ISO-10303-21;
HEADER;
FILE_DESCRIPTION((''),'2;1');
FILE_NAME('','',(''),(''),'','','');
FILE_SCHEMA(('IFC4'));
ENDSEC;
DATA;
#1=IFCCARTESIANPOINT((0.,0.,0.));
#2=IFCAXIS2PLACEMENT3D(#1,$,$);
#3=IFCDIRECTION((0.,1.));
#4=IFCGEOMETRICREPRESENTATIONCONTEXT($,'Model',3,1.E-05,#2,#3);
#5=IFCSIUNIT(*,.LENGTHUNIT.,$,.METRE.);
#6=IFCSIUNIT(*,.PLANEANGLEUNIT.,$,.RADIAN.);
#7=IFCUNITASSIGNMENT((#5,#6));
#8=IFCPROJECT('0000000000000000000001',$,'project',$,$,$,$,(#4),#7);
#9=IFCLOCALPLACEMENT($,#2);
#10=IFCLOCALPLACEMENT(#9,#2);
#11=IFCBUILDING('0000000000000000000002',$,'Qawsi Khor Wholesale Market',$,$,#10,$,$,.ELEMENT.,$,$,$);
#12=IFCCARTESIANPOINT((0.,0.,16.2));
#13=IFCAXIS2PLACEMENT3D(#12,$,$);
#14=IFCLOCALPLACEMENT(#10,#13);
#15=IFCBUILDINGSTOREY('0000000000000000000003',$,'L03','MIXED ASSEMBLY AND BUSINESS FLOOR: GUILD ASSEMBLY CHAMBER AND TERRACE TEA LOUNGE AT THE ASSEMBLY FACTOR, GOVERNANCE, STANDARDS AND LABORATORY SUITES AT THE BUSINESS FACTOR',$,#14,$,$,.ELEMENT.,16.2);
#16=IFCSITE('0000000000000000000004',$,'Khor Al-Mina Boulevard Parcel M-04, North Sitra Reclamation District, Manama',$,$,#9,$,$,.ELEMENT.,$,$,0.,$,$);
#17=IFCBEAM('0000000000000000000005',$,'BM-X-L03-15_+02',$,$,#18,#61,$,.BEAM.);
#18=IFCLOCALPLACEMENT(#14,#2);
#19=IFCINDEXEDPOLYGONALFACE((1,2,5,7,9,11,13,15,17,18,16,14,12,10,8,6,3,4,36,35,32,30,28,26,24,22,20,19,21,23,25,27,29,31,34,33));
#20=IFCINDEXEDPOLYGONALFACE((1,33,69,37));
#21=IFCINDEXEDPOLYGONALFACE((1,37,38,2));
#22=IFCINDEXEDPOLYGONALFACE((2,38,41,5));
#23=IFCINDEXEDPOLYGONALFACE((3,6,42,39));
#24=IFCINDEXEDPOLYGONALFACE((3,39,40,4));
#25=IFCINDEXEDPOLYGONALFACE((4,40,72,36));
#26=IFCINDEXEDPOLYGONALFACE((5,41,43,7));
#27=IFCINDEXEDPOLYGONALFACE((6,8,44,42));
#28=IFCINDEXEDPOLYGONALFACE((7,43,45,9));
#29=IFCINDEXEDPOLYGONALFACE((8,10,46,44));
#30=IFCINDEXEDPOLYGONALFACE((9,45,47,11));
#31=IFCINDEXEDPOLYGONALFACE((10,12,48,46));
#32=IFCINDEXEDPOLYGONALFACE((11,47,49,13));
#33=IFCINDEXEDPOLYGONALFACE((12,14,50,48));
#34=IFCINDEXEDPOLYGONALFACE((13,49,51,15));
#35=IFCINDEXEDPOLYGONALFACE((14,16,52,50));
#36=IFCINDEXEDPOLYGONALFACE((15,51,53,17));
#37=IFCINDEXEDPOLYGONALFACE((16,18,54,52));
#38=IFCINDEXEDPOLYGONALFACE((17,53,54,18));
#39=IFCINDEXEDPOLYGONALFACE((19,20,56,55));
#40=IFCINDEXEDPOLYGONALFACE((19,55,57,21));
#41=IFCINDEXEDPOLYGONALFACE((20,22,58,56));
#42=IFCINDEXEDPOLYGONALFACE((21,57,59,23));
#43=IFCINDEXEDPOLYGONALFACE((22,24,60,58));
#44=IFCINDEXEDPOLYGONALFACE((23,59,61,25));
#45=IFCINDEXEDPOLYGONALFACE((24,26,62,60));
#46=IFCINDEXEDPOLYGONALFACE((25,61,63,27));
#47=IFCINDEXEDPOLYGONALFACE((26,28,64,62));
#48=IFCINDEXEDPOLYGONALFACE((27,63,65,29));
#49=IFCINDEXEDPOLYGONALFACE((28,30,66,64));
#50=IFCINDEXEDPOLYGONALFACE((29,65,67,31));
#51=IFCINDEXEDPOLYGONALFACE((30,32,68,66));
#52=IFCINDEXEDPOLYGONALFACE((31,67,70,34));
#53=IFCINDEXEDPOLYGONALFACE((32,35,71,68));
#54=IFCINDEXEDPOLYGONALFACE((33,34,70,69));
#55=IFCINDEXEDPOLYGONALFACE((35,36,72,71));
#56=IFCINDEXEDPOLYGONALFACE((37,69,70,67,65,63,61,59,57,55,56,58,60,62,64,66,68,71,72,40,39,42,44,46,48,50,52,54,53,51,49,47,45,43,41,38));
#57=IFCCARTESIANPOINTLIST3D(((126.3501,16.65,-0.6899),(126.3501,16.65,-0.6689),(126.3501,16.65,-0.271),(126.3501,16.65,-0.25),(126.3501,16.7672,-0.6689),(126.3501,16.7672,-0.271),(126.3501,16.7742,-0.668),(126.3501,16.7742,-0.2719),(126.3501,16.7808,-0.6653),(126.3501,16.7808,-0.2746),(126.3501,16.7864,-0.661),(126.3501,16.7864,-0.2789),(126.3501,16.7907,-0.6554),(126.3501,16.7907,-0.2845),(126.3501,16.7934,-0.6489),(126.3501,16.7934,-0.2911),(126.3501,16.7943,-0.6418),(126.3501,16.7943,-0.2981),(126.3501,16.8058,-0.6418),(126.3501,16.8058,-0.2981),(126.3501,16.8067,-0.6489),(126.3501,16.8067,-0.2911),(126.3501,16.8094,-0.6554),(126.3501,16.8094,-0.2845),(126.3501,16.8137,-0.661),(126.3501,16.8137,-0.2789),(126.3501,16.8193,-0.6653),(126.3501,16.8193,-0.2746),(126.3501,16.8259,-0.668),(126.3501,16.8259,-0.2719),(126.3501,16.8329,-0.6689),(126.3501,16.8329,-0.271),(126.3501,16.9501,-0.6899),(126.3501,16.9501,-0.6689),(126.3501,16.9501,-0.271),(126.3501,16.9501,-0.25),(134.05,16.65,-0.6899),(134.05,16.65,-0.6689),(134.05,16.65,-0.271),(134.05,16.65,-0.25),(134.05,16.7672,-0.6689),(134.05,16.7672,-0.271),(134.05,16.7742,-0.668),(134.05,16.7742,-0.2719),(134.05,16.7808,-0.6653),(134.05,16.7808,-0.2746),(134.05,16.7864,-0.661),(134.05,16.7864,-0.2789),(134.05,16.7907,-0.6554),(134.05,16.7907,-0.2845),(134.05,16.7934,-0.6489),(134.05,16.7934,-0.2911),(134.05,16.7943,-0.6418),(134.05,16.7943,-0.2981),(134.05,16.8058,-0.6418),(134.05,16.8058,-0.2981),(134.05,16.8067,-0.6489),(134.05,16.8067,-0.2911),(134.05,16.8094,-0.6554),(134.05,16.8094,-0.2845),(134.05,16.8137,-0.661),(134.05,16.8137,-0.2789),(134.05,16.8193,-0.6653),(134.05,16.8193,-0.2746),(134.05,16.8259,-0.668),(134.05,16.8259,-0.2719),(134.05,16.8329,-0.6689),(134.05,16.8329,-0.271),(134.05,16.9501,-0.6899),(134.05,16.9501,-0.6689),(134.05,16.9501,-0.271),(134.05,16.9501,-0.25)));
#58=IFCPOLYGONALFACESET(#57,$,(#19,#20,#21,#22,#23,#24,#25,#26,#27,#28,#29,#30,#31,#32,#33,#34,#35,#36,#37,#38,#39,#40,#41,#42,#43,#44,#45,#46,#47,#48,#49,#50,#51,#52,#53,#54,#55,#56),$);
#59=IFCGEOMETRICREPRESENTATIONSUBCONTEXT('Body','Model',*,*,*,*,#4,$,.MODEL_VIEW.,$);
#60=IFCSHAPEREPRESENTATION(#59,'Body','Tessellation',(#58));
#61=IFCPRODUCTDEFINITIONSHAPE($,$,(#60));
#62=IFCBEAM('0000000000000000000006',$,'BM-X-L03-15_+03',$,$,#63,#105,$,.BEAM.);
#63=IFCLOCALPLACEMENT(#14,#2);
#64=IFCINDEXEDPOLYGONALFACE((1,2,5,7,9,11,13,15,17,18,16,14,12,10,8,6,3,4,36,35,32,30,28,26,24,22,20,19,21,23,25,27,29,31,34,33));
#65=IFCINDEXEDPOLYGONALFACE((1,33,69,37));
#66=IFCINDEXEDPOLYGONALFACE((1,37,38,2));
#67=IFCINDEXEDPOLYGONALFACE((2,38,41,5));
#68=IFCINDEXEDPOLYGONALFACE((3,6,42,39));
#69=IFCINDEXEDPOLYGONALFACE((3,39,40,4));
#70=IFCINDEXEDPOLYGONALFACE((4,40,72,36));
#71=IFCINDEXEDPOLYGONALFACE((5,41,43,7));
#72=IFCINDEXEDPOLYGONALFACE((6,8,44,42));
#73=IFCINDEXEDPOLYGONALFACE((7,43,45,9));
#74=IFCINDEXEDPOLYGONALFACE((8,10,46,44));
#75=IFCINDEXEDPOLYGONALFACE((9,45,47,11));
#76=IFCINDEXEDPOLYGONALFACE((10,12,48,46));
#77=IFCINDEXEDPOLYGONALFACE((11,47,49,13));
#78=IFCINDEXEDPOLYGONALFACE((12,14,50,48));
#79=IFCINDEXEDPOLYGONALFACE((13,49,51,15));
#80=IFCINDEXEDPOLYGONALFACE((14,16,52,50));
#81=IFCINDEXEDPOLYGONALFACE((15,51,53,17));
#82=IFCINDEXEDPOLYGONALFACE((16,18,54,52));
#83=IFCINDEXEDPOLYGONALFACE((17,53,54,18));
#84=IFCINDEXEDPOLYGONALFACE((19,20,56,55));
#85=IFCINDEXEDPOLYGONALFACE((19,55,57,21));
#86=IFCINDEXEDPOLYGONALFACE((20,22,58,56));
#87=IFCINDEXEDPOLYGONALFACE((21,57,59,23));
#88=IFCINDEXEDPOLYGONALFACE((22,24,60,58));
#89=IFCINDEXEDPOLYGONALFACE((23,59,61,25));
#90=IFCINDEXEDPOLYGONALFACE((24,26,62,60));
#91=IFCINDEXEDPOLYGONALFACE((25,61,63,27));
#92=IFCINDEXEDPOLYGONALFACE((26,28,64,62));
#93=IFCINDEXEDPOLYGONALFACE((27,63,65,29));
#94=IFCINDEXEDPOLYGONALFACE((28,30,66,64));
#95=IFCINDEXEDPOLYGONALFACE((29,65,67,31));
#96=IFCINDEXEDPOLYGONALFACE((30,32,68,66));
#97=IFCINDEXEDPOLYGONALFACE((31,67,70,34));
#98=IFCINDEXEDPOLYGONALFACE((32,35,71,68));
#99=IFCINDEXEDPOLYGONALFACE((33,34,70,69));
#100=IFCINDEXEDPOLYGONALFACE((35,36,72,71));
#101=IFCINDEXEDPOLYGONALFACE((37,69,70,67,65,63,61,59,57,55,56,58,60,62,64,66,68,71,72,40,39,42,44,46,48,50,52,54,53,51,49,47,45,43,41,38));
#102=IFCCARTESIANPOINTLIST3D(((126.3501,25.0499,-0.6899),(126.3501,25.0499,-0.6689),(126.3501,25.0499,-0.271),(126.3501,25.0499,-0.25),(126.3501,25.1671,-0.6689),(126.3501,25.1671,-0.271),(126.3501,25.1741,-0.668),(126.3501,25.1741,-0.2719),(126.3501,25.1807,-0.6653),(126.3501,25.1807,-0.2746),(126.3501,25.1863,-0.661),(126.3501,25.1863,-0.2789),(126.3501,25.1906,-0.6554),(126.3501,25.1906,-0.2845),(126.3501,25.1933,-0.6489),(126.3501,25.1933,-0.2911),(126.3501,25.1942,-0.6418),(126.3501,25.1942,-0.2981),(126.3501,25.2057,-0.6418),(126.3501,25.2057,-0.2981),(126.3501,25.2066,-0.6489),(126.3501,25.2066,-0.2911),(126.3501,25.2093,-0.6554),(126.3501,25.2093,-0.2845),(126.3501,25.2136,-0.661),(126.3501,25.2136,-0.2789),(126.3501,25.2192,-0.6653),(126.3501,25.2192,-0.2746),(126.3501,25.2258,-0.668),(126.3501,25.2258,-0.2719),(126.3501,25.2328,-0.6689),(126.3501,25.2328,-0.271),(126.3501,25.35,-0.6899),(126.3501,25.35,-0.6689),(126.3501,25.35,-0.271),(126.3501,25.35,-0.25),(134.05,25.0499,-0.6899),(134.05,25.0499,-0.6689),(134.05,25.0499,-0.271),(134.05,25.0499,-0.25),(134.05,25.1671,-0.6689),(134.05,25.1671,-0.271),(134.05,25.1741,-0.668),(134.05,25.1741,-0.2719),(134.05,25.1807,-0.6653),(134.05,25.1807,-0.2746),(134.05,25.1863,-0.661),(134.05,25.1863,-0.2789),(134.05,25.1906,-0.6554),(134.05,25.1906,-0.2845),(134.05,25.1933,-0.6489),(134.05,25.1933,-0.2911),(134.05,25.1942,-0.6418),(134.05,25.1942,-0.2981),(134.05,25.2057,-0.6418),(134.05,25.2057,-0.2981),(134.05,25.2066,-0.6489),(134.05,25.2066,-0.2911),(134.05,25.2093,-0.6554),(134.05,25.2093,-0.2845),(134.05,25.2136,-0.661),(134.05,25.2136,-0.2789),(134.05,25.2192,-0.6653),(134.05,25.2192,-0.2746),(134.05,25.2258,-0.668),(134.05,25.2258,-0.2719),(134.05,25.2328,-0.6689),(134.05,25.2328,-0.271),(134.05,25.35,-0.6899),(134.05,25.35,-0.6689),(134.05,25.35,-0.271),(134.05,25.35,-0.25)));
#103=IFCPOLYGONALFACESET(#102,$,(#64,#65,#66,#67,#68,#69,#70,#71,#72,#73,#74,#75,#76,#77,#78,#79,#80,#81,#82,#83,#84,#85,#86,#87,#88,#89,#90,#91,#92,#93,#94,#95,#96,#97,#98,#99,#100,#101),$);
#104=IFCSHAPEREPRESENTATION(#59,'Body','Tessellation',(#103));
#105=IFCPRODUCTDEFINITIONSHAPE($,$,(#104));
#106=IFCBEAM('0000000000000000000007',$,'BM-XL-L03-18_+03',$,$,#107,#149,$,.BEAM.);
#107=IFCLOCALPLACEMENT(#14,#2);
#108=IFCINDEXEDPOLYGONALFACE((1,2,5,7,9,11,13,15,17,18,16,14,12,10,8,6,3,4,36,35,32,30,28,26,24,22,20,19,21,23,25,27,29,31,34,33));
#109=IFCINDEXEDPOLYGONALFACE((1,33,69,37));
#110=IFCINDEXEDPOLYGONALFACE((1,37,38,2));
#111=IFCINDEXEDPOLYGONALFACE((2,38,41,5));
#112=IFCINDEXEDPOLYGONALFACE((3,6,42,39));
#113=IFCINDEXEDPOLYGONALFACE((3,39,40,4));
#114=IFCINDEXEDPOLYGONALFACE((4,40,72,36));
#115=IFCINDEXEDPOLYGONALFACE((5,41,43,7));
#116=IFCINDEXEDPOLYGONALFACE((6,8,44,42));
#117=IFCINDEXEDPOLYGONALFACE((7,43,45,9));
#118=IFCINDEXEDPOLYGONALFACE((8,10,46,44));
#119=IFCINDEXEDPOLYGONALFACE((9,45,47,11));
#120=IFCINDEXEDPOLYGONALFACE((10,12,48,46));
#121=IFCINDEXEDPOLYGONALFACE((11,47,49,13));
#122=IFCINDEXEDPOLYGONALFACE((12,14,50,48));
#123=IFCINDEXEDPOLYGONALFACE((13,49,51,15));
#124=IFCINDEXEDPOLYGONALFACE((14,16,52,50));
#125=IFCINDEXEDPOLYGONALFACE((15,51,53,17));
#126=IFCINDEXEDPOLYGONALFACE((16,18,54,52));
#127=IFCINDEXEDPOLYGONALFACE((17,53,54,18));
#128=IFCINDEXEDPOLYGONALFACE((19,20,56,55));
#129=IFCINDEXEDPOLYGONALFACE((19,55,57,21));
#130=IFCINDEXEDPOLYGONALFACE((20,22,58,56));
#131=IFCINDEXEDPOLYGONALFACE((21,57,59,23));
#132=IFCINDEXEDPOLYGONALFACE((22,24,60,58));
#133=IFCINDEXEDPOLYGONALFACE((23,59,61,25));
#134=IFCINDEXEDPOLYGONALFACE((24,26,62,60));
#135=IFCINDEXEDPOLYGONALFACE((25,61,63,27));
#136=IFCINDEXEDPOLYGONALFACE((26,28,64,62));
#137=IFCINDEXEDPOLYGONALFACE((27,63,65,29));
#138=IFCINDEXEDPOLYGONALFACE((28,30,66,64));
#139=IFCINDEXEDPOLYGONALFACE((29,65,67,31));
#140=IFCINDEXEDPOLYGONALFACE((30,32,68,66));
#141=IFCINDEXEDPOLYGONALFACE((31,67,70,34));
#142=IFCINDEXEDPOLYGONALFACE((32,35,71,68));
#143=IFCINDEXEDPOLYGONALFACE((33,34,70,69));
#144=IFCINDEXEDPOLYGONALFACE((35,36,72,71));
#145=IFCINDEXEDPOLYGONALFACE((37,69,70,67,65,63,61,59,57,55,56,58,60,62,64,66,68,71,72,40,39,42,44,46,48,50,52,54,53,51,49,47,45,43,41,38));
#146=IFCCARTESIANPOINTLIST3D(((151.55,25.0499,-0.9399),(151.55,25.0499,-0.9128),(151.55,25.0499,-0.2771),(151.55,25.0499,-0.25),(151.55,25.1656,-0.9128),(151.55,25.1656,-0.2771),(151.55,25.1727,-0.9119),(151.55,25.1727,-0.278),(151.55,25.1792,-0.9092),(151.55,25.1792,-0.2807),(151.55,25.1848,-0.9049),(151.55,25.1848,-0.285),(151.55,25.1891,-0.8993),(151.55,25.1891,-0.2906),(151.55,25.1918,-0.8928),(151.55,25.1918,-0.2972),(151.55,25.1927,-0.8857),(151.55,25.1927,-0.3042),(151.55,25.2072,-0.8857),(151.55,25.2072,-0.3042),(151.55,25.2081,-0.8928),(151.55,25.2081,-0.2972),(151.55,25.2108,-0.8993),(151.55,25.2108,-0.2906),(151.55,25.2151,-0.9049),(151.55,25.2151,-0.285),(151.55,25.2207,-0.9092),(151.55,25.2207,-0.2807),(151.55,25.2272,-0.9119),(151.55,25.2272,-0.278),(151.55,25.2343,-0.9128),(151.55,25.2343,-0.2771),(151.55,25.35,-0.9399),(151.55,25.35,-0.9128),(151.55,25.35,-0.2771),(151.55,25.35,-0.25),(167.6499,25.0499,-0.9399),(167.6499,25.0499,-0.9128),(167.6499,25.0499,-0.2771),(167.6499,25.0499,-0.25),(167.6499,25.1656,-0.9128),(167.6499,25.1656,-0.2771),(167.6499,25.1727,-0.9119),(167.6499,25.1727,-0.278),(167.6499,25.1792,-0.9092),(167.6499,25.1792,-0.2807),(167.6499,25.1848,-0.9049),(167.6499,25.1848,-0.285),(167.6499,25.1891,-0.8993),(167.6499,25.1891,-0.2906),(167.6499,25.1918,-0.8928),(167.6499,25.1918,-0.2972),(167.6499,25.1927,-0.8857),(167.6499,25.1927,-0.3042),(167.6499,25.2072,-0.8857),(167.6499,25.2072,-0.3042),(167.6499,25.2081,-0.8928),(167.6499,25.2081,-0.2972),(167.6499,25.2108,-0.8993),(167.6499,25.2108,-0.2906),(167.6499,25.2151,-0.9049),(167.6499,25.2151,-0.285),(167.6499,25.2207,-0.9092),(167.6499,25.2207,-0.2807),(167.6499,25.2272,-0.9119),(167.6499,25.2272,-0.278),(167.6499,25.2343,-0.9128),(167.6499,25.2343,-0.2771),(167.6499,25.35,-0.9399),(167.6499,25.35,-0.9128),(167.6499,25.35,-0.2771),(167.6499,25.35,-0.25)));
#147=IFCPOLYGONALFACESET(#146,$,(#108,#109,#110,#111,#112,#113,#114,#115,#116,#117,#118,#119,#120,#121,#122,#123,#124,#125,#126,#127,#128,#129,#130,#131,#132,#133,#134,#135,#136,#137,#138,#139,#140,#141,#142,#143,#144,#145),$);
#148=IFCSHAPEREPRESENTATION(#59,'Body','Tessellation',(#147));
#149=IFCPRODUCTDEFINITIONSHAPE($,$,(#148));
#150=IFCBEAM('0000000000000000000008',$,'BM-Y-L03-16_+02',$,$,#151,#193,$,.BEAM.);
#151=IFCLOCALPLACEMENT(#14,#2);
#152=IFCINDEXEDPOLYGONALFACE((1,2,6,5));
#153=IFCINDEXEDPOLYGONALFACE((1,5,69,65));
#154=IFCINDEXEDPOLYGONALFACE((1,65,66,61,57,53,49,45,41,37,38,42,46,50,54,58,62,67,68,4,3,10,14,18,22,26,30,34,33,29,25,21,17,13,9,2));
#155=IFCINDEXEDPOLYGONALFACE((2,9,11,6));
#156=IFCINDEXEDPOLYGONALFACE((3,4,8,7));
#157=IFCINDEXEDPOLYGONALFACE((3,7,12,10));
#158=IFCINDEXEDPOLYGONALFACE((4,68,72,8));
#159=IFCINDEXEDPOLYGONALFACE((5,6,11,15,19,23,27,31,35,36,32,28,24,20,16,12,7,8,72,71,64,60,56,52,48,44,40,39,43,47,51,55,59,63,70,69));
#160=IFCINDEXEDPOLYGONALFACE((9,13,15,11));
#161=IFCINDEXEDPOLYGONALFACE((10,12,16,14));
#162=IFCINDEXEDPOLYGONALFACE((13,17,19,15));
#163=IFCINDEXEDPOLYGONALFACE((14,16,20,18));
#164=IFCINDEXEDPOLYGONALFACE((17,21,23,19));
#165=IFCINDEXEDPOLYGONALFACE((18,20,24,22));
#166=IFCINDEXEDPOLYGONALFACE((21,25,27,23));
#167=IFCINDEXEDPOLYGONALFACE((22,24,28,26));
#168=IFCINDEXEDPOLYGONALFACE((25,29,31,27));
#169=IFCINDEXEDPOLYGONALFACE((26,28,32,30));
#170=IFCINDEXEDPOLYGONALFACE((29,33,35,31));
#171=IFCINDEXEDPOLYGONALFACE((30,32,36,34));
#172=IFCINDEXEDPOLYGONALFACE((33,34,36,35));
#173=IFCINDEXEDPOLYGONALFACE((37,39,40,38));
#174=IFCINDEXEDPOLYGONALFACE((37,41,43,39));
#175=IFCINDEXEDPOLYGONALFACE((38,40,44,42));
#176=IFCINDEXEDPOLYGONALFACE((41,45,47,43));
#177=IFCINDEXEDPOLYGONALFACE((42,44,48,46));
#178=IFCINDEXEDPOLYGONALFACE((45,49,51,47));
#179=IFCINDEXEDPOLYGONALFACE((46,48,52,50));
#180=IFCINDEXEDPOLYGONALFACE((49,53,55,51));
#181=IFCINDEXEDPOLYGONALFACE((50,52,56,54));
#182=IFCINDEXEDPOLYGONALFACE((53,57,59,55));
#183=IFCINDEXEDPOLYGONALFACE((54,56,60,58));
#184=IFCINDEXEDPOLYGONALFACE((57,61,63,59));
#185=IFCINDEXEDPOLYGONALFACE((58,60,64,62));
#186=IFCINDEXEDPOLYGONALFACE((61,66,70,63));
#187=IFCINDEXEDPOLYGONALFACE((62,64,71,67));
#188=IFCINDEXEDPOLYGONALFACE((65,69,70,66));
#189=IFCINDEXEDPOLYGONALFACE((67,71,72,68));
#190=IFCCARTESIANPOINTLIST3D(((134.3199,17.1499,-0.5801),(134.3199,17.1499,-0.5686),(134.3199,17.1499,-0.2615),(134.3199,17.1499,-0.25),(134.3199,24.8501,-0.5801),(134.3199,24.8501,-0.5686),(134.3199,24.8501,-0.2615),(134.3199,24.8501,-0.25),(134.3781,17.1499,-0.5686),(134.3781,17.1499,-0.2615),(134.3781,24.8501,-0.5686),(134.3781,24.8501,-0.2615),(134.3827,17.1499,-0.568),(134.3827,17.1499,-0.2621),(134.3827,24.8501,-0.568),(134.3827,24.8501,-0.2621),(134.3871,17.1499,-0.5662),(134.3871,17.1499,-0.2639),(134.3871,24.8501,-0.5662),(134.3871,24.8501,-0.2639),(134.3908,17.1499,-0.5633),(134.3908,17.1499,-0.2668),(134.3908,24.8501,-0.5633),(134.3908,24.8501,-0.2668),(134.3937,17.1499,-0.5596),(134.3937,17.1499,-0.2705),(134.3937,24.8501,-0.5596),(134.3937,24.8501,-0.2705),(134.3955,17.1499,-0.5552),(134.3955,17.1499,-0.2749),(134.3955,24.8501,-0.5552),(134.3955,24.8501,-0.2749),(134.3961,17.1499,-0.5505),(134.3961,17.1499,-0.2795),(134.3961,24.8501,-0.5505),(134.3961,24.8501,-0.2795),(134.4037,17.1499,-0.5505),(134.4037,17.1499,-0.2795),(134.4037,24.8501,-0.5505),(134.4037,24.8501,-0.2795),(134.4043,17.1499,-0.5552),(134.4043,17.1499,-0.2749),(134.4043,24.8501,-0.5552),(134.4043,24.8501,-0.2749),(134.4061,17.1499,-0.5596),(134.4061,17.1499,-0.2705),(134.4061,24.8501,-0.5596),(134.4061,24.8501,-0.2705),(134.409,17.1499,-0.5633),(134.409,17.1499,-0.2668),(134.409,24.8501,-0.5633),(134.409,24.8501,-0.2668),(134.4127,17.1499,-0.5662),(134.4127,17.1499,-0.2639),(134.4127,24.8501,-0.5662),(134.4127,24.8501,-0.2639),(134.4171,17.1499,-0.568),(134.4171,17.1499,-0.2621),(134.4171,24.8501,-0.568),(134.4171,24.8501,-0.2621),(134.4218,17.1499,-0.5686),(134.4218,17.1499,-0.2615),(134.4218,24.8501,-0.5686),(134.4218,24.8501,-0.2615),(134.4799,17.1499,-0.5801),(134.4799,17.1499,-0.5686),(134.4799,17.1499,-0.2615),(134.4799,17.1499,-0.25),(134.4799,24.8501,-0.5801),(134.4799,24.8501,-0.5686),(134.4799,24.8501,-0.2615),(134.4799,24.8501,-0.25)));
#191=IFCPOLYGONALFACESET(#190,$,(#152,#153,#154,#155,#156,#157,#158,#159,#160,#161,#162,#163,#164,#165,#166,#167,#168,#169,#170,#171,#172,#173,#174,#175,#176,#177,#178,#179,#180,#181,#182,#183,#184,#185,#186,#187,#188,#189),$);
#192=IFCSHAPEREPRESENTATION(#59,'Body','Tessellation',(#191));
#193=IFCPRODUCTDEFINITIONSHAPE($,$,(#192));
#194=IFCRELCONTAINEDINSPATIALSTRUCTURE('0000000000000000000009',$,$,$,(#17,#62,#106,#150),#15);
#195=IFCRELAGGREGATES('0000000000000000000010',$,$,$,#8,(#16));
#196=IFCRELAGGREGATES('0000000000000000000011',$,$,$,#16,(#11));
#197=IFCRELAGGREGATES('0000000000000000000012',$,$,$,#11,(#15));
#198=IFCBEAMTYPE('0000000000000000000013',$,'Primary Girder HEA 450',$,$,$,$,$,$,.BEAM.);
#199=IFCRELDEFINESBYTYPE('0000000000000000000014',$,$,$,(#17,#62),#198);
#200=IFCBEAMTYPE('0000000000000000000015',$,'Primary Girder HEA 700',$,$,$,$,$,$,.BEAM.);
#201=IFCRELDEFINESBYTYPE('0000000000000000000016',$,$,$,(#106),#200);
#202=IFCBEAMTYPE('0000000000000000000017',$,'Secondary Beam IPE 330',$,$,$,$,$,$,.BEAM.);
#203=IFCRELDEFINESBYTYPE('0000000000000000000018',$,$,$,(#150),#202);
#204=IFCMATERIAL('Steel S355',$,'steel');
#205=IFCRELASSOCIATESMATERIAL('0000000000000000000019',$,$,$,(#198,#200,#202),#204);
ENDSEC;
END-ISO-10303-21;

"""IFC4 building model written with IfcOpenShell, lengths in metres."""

from ifc_helpers import new_model, si_unit, direction, frame, origin, origin_2d, place, context, subcontext, project, spatial, i_section, extrude, material, material_profile, profile_set, type_object, element, save


model = new_model("IFC4")

# Units and contexts
model_context = context("Model", 3, precision=1e-05, world=origin(), true_north=direction((0.0, 1.0)))
body_context = subcontext(model_context, "Body", "Model", "MODEL_VIEW")
ifc_project = project(units=[si_unit("LENGTHUNIT", "METRE"), si_unit("PLANEANGLEUNIT", "RADIAN")], contexts=[model_context])

# Site, building, storey
site_placement = place(None, origin())
site = spatial("IfcSite", under=ifc_project, at=site_placement, Name="Khor Al-Mina Boulevard Parcel M-04, North Sitra Reclamation District, Manama", CompositionType="ELEMENT", RefElevation=0.0)
building_placement = place(site_placement, origin())
building = spatial("IfcBuilding", under=site, at=building_placement, Name="Qawsi Khor Wholesale Market", CompositionType="ELEMENT")
storey_placement = place(building_placement, frame((0.0, 0.0, 16.2)))
storey = spatial("IfcBuildingStorey", under=building, at=storey_placement, Name="L03", Description="MIXED ASSEMBLY AND BUSINESS FLOOR: GUILD ASSEMBLY CHAMBER AND TERRACE TEA LOUNGE AT THE ASSEMBLY FACTOR, GOVERNANCE, STANDARDS AND LABORATORY SUITES AT THE BUSINESS FACTOR", CompositionType="ELEMENT", Elevation=16.2)

# Shared definitions
ifc_material_1 = material(Name="Steel S355", Category="steel")

# Beams
ifc_material_profile_1 = material_profile(ifc_material_1, i_section(OverallWidth=0.3, OverallDepth=0.4399, WebThickness=0.0115, FlangeThickness=0.021, FilletRadius=0.0271, at=origin_2d()), Name="HEA 450")
ifc_profile_set_1 = profile_set([ifc_material_profile_1], Name="Steel S355")
beam_type_1 = type_object("IfcBeamType", Name="Primary Girder HEA 450", PredefinedType="BEAM", material=ifc_profile_set_1)
for number, where, z_axis, x_axis, name in (
    (1, (126.3501, 16.8, -0.47), (1.0, 0.0, 0.0), (0.0, 1.0, 0.0), "BM-X-L03-15_+02"),
    (2, (126.3501, 25.2, -0.47), (1.0, 0.0, 0.0), (0.0, 1.0, 0.0), "BM-X-L03-15_+03"),
):
    element("IfcBeam", number, at=place(storey_placement, frame(where, z_axis=z_axis, x_axis=x_axis)), inside=storey, type_object=beam_type_1, Name=name, PredefinedType="BEAM", context=body_context, shape_type="SweptSolid", body=[
        extrude(i_section(OverallWidth=0.3, OverallDepth=0.4399, WebThickness=0.0115, FlangeThickness=0.021, FilletRadius=0.0271, at=origin_2d()), origin(), (0.0, 0.0, 1.0), 7.7),
    ])
ifc_material_profile_2 = material_profile(ifc_material_1, i_section(OverallWidth=0.3, OverallDepth=0.6899, WebThickness=0.0144, FlangeThickness=0.0271, FilletRadius=0.0271, at=origin_2d()), Name="HEA 700")
ifc_profile_set_2 = profile_set([ifc_material_profile_2], Name="Steel S355")
beam_type_2 = type_object("IfcBeamType", Name="Primary Girder HEA 700", PredefinedType="BEAM", material=ifc_profile_set_2)
beam_1_placement = place(storey_placement, frame((151.55, 25.2, -0.595), z_axis=(1.0, 0.0, 0.0), x_axis=(0.0, 1.0, 0.0)))
element("IfcBeam", 3, at=beam_1_placement, inside=storey, type_object=beam_type_2, Name="BM-XL-L03-18_+03", PredefinedType="BEAM", context=body_context, shape_type="SweptSolid", body=[
    extrude(i_section(OverallWidth=0.3, OverallDepth=0.6899, WebThickness=0.0144, FlangeThickness=0.0271, FilletRadius=0.0271, at=origin_2d()), origin(), (0.0, 0.0, 1.0), 16.0999),
])
ifc_material_profile_3 = material_profile(ifc_material_1, i_section(OverallWidth=0.1599, OverallDepth=0.3301, WebThickness=0.0076, FlangeThickness=0.0115, FilletRadius=0.0181, at=origin_2d()), Name="IPE 330")
ifc_profile_set_3 = profile_set([ifc_material_profile_3], Name="Steel S355")
beam_type_3 = type_object("IfcBeamType", Name="Secondary Beam IPE 330", PredefinedType="BEAM", material=ifc_profile_set_3)
for number, where, z_axis, x_axis, name in (
    (4, (134.3999, 17.1499, -0.415), (0.0, 1.0, 0.0), (-1.0, 0.0, 0.0), "BM-Y-L03-16_+02"),
):
    element("IfcBeam", number, at=place(storey_placement, frame(where, z_axis=z_axis, x_axis=x_axis)), inside=storey, type_object=beam_type_3, Name=name, PredefinedType="BEAM", context=body_context, shape_type="SweptSolid", body=[
        extrude(i_section(OverallWidth=0.1599, OverallDepth=0.3301, WebThickness=0.0076, FlangeThickness=0.0115, FilletRadius=0.0181, at=origin_2d()), origin(), (0.0, 0.0, 1.0), 7.7002),
    ])

save(model, "model.ifc")
